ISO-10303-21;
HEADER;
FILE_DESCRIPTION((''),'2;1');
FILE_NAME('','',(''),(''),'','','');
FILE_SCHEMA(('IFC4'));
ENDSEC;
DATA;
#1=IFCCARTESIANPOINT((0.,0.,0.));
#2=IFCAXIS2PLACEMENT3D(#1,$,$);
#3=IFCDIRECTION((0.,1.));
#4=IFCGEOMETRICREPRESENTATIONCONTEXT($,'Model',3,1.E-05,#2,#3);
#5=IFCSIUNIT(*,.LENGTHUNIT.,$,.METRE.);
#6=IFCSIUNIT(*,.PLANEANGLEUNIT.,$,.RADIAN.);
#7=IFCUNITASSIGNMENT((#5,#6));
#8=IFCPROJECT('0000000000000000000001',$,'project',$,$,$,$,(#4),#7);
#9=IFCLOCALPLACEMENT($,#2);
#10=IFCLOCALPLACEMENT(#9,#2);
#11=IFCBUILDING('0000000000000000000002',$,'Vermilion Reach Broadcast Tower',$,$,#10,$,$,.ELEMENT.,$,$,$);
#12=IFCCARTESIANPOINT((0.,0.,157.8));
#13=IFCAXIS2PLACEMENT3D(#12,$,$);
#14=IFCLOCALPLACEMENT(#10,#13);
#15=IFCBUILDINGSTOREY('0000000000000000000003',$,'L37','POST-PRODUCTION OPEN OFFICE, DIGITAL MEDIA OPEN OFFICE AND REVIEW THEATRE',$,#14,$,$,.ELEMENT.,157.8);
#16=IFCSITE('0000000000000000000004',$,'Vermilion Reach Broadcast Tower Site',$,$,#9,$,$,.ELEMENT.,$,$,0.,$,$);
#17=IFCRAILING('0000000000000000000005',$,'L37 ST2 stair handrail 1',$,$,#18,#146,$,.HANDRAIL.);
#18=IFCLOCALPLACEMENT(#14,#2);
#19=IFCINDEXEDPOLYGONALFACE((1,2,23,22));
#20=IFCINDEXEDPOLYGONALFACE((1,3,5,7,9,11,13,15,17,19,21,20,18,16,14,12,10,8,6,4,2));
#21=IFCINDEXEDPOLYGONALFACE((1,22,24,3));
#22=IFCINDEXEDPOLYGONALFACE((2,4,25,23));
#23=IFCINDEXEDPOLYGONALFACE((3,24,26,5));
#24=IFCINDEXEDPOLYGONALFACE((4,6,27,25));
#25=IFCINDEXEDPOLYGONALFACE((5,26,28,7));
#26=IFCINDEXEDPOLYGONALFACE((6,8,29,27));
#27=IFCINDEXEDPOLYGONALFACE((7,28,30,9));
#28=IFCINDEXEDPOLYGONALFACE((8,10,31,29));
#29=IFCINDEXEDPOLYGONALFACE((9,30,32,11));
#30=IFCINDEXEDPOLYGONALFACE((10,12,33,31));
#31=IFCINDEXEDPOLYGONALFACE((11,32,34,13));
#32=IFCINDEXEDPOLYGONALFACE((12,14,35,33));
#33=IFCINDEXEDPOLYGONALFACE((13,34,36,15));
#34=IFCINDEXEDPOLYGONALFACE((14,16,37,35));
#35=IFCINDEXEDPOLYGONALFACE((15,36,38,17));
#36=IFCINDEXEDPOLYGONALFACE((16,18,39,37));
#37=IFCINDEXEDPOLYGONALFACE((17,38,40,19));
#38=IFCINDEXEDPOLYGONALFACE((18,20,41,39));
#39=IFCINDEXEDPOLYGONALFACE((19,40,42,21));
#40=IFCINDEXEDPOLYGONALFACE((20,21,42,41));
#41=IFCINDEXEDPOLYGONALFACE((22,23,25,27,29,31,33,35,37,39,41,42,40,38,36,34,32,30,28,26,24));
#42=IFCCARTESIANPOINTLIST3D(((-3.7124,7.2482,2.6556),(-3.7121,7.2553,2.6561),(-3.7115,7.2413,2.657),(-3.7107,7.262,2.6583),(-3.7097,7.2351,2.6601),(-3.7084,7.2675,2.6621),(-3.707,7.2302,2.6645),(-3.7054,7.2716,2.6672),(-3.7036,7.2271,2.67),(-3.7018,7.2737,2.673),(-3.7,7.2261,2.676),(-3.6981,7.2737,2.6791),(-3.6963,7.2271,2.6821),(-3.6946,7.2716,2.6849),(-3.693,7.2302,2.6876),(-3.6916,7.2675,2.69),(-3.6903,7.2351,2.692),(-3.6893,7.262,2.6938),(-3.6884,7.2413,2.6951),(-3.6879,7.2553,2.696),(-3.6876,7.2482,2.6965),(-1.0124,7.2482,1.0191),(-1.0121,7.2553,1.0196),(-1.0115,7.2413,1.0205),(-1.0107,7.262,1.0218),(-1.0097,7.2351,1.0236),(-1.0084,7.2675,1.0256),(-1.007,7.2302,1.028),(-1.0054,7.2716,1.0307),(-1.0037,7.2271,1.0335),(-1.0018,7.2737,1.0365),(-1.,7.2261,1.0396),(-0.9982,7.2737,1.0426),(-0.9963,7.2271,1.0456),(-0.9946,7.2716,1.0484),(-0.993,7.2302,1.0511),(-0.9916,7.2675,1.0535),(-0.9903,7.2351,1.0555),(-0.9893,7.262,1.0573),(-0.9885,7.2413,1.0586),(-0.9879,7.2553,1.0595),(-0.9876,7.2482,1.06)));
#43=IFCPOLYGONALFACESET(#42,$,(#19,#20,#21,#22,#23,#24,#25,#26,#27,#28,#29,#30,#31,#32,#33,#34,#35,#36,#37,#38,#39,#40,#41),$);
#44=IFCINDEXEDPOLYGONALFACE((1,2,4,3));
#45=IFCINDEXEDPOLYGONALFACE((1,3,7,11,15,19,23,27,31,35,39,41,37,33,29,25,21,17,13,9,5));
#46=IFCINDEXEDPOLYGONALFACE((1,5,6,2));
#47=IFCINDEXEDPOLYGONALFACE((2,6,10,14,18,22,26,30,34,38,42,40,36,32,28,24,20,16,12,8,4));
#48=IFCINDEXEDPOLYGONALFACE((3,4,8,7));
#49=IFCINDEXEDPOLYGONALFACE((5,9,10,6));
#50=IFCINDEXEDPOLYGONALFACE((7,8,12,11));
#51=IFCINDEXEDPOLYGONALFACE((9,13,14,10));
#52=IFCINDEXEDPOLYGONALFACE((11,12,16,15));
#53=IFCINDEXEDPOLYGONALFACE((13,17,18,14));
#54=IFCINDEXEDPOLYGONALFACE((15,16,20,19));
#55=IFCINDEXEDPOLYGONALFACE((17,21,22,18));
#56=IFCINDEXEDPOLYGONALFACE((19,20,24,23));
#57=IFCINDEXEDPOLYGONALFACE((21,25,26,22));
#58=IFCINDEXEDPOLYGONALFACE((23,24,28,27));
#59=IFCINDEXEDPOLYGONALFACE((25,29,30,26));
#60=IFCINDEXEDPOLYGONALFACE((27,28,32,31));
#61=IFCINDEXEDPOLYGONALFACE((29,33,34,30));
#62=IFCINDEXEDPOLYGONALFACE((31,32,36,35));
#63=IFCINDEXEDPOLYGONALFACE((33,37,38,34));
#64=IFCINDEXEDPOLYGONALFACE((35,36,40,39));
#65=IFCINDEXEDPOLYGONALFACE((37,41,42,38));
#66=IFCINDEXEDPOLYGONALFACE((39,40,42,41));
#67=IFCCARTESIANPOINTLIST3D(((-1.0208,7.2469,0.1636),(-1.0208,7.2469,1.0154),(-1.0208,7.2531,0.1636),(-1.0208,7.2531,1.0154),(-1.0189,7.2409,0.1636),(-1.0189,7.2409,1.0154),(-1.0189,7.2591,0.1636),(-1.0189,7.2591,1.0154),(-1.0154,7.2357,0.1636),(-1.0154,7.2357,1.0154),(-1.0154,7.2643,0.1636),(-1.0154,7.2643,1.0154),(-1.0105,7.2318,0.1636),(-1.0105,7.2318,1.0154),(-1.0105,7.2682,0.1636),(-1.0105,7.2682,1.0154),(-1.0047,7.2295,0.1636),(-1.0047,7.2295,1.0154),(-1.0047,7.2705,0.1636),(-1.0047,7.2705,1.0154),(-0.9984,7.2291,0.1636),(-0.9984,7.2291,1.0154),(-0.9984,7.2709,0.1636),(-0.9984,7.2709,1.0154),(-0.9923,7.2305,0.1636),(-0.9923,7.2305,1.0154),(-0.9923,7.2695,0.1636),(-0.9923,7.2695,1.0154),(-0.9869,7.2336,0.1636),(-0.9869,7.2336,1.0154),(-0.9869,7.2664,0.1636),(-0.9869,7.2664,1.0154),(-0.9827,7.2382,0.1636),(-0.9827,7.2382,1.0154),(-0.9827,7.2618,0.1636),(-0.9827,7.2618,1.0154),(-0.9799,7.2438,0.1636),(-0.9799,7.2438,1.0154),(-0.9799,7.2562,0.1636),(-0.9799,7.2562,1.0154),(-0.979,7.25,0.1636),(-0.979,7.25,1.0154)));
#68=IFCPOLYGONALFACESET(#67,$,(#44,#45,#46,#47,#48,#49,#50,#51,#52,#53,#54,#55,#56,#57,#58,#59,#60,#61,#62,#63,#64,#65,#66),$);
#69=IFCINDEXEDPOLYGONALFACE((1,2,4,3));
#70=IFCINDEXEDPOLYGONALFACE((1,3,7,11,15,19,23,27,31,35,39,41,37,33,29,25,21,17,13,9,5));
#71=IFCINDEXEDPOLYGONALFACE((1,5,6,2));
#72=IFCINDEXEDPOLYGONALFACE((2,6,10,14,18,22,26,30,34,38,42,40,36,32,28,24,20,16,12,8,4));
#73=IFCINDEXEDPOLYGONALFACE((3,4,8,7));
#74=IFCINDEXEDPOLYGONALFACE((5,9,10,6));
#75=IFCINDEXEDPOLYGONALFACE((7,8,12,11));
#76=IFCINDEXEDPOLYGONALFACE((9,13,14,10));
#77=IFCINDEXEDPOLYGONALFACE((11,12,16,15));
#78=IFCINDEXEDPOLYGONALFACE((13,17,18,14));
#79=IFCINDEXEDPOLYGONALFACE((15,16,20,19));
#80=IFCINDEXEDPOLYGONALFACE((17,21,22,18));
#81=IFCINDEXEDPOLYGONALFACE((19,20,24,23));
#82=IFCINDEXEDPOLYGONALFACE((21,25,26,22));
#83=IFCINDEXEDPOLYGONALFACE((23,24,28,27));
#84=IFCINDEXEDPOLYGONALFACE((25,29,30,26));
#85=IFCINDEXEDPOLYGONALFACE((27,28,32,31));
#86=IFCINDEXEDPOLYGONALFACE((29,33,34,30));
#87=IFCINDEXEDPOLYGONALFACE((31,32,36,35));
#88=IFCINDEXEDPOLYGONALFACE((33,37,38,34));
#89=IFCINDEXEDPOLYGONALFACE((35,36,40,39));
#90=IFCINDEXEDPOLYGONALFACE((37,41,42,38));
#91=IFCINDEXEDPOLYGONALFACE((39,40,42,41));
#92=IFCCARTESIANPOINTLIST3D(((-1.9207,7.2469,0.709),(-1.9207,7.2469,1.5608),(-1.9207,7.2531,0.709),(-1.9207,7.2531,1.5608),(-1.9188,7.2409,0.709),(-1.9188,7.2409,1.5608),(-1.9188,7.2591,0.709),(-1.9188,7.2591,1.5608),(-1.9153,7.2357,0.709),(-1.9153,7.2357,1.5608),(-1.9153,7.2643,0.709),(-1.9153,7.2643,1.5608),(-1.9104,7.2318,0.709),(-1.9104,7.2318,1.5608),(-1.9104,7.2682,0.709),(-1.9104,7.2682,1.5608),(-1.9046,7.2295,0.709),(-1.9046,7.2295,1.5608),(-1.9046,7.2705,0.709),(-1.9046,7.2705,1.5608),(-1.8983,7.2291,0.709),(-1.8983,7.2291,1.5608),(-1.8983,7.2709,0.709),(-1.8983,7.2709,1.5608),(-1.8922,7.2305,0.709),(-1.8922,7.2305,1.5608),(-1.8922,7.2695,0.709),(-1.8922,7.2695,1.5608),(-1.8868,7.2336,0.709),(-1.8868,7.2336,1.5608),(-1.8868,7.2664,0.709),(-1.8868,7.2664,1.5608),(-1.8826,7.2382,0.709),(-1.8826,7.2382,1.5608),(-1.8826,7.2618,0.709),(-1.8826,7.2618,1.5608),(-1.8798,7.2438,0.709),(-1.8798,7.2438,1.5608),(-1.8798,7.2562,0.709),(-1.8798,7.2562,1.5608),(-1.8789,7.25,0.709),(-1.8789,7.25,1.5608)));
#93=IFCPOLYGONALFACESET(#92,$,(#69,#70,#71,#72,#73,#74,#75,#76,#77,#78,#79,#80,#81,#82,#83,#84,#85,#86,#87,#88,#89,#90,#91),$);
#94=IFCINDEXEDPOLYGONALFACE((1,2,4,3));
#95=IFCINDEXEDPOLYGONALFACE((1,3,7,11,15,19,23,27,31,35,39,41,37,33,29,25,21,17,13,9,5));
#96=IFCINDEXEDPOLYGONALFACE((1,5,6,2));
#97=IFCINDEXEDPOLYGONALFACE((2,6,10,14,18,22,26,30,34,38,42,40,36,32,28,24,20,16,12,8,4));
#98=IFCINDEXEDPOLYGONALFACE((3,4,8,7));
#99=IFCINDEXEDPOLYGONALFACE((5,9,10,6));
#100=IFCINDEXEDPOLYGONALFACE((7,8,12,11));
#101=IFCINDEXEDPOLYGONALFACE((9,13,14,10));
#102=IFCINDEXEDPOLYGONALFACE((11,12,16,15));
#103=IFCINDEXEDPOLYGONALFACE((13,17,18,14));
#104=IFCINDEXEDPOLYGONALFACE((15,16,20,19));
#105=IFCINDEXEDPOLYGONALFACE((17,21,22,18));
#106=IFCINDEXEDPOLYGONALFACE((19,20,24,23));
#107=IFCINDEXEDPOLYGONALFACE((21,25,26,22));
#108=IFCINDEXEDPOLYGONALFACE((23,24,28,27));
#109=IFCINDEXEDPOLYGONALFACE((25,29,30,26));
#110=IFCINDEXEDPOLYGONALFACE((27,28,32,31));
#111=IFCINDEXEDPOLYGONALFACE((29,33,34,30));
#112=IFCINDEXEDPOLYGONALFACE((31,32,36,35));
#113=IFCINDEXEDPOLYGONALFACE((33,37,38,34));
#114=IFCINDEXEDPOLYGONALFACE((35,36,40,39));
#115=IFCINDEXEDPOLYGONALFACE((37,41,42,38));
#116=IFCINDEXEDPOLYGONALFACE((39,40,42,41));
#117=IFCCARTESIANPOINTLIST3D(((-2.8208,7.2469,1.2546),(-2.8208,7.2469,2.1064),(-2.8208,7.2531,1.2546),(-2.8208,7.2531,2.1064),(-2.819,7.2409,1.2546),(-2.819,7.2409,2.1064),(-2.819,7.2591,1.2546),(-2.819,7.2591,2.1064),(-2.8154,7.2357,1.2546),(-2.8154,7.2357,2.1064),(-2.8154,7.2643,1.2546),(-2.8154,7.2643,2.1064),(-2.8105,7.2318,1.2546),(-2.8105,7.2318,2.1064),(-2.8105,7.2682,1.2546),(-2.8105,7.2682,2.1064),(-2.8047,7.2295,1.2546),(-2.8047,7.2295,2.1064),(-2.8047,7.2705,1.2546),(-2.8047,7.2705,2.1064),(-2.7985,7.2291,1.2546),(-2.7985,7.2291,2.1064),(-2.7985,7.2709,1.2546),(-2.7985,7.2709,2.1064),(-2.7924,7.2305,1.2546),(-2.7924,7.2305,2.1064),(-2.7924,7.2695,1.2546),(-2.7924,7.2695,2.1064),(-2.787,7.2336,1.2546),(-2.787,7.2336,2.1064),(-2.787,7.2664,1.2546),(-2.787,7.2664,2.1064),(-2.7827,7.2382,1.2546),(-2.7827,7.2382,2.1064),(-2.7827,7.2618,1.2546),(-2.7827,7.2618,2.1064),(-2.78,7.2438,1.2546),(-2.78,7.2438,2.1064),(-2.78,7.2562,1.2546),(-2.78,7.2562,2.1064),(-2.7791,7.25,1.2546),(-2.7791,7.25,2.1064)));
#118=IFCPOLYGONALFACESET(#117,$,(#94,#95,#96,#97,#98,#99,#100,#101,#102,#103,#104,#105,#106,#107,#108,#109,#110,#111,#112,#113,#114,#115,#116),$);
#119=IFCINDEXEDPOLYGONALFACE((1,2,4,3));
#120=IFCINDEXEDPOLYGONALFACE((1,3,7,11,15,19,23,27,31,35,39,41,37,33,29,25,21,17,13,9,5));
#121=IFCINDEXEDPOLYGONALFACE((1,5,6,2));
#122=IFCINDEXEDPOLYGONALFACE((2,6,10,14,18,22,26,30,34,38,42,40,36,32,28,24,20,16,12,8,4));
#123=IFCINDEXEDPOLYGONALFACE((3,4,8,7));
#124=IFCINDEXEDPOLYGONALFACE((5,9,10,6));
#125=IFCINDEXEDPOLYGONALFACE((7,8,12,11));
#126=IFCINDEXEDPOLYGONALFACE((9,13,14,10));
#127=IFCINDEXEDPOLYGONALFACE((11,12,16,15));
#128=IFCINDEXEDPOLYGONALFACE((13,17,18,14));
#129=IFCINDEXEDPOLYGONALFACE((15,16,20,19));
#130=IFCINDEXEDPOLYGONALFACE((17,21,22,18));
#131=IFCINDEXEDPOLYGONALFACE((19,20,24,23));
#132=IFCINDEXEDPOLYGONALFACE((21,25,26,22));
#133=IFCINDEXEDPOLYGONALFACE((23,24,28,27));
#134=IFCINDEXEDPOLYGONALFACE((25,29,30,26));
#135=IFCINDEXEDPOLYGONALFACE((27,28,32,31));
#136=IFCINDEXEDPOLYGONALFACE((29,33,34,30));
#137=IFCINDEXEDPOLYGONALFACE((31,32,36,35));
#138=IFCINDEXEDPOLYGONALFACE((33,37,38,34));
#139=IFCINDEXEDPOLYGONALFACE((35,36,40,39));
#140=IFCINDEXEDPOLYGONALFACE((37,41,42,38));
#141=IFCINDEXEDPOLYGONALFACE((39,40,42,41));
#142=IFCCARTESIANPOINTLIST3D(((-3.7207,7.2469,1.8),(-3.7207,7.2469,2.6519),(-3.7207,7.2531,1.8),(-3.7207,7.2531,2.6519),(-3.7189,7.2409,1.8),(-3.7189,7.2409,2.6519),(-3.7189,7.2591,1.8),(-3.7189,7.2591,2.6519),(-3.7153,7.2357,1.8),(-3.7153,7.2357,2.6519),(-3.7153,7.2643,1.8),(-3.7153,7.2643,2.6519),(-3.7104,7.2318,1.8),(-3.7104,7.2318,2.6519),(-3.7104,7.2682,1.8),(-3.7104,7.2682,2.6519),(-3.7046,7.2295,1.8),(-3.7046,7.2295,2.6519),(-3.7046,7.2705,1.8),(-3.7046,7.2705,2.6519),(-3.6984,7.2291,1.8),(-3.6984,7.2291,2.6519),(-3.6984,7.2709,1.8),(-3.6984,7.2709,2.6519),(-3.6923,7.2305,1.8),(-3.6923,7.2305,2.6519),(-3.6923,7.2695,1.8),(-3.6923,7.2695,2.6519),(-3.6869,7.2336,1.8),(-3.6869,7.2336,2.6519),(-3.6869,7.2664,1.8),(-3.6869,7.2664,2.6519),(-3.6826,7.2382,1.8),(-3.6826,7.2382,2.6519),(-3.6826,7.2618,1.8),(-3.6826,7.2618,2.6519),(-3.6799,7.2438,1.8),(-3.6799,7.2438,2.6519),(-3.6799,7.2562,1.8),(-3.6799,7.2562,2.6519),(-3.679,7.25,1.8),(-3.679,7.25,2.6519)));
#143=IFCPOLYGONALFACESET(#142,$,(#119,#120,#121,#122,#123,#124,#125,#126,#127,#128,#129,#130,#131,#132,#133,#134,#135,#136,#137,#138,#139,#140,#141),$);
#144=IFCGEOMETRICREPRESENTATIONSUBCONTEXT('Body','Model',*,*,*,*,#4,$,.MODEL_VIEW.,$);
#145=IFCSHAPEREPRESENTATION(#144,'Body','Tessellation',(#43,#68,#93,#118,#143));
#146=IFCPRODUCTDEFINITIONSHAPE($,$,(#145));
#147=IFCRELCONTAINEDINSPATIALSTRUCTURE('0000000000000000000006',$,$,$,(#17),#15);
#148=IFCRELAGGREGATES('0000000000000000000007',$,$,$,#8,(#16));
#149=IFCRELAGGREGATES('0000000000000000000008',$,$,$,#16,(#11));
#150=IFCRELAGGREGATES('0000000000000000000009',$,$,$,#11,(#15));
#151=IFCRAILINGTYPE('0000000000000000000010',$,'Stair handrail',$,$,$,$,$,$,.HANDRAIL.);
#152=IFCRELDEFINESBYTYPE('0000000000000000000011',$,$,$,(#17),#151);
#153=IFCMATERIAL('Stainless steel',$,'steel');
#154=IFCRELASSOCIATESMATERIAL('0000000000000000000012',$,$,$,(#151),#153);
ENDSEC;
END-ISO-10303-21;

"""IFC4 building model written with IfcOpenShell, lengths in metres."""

from ifc_helpers import new_model, si_unit, direction, frame, origin, origin_2d, place, context, subcontext, project, spatial, circle, extrude, material, type_object, element, save


model = new_model("IFC4")

# Units and contexts
model_context = context("Model", 3, precision=1e-05, world=origin(), true_north=direction((0.0, 1.0)))
body_context = subcontext(model_context, "Body", "Model", "MODEL_VIEW")
ifc_project = project(units=[si_unit("LENGTHUNIT", "METRE"), si_unit("PLANEANGLEUNIT", "RADIAN")], contexts=[model_context])

# Site, building, storey
site_placement = place(None, origin())
site = spatial("IfcSite", under=ifc_project, at=site_placement, Name="Vermilion Reach Broadcast Tower Site", CompositionType="ELEMENT", RefElevation=0.0)
building_placement = place(site_placement, origin())
building = spatial("IfcBuilding", under=site, at=building_placement, Name="Vermilion Reach Broadcast Tower", CompositionType="ELEMENT")
storey_placement = place(building_placement, frame((0.0, 0.0, 157.8)))
storey = spatial("IfcBuildingStorey", under=building, at=storey_placement, Name="L37", Description="POST-PRODUCTION OPEN OFFICE, DIGITAL MEDIA OPEN OFFICE AND REVIEW THEATRE", CompositionType="ELEMENT", Elevation=157.8)

# Railing
ifc_material_1 = material(Name="Stainless steel", Category="steel")
railing_type_1 = type_object("IfcRailingType", Name="Stair handrail", PredefinedType="HANDRAIL", material=ifc_material_1)
railing_1_placement = place(storey_placement, frame((-1.0, 7.25, 0.1636)))
element("IfcRailing", 1, at=railing_1_placement, inside=storey, type_object=railing_type_1, Name="L37 ST2 stair handrail 1", PredefinedType="HANDRAIL", context=body_context, shape_type="SweptSolid", body=[
    extrude(circle(Radius=0.0239, at=origin_2d()), frame((0.0, 0.0, 0.876), z_axis=(-0.855178, 0.0, 0.518334), x_axis=(0.0, -1.0, 0.0)), (0.0, 0.0, 1.0), 3.1572),
    extrude(circle(Radius=0.021, at=origin_2d()), origin(), (0.0, 0.0, 1.0), 0.8518),
    extrude(circle(Radius=0.021, at=origin_2d()), frame((-0.8999, 0.0, 0.5454)), (0.0, 0.0, 1.0), 0.8518),
    extrude(circle(Radius=0.021, at=origin_2d()), frame((-1.8, 0.0, 1.0911)), (0.0, 0.0, 1.0), 0.8518),
    extrude(circle(Radius=0.021, at=origin_2d()), frame((-2.7, 0.0, 1.6365)), (0.0, 0.0, 1.0), 0.8518),
])

save(model, "model.ifc")
